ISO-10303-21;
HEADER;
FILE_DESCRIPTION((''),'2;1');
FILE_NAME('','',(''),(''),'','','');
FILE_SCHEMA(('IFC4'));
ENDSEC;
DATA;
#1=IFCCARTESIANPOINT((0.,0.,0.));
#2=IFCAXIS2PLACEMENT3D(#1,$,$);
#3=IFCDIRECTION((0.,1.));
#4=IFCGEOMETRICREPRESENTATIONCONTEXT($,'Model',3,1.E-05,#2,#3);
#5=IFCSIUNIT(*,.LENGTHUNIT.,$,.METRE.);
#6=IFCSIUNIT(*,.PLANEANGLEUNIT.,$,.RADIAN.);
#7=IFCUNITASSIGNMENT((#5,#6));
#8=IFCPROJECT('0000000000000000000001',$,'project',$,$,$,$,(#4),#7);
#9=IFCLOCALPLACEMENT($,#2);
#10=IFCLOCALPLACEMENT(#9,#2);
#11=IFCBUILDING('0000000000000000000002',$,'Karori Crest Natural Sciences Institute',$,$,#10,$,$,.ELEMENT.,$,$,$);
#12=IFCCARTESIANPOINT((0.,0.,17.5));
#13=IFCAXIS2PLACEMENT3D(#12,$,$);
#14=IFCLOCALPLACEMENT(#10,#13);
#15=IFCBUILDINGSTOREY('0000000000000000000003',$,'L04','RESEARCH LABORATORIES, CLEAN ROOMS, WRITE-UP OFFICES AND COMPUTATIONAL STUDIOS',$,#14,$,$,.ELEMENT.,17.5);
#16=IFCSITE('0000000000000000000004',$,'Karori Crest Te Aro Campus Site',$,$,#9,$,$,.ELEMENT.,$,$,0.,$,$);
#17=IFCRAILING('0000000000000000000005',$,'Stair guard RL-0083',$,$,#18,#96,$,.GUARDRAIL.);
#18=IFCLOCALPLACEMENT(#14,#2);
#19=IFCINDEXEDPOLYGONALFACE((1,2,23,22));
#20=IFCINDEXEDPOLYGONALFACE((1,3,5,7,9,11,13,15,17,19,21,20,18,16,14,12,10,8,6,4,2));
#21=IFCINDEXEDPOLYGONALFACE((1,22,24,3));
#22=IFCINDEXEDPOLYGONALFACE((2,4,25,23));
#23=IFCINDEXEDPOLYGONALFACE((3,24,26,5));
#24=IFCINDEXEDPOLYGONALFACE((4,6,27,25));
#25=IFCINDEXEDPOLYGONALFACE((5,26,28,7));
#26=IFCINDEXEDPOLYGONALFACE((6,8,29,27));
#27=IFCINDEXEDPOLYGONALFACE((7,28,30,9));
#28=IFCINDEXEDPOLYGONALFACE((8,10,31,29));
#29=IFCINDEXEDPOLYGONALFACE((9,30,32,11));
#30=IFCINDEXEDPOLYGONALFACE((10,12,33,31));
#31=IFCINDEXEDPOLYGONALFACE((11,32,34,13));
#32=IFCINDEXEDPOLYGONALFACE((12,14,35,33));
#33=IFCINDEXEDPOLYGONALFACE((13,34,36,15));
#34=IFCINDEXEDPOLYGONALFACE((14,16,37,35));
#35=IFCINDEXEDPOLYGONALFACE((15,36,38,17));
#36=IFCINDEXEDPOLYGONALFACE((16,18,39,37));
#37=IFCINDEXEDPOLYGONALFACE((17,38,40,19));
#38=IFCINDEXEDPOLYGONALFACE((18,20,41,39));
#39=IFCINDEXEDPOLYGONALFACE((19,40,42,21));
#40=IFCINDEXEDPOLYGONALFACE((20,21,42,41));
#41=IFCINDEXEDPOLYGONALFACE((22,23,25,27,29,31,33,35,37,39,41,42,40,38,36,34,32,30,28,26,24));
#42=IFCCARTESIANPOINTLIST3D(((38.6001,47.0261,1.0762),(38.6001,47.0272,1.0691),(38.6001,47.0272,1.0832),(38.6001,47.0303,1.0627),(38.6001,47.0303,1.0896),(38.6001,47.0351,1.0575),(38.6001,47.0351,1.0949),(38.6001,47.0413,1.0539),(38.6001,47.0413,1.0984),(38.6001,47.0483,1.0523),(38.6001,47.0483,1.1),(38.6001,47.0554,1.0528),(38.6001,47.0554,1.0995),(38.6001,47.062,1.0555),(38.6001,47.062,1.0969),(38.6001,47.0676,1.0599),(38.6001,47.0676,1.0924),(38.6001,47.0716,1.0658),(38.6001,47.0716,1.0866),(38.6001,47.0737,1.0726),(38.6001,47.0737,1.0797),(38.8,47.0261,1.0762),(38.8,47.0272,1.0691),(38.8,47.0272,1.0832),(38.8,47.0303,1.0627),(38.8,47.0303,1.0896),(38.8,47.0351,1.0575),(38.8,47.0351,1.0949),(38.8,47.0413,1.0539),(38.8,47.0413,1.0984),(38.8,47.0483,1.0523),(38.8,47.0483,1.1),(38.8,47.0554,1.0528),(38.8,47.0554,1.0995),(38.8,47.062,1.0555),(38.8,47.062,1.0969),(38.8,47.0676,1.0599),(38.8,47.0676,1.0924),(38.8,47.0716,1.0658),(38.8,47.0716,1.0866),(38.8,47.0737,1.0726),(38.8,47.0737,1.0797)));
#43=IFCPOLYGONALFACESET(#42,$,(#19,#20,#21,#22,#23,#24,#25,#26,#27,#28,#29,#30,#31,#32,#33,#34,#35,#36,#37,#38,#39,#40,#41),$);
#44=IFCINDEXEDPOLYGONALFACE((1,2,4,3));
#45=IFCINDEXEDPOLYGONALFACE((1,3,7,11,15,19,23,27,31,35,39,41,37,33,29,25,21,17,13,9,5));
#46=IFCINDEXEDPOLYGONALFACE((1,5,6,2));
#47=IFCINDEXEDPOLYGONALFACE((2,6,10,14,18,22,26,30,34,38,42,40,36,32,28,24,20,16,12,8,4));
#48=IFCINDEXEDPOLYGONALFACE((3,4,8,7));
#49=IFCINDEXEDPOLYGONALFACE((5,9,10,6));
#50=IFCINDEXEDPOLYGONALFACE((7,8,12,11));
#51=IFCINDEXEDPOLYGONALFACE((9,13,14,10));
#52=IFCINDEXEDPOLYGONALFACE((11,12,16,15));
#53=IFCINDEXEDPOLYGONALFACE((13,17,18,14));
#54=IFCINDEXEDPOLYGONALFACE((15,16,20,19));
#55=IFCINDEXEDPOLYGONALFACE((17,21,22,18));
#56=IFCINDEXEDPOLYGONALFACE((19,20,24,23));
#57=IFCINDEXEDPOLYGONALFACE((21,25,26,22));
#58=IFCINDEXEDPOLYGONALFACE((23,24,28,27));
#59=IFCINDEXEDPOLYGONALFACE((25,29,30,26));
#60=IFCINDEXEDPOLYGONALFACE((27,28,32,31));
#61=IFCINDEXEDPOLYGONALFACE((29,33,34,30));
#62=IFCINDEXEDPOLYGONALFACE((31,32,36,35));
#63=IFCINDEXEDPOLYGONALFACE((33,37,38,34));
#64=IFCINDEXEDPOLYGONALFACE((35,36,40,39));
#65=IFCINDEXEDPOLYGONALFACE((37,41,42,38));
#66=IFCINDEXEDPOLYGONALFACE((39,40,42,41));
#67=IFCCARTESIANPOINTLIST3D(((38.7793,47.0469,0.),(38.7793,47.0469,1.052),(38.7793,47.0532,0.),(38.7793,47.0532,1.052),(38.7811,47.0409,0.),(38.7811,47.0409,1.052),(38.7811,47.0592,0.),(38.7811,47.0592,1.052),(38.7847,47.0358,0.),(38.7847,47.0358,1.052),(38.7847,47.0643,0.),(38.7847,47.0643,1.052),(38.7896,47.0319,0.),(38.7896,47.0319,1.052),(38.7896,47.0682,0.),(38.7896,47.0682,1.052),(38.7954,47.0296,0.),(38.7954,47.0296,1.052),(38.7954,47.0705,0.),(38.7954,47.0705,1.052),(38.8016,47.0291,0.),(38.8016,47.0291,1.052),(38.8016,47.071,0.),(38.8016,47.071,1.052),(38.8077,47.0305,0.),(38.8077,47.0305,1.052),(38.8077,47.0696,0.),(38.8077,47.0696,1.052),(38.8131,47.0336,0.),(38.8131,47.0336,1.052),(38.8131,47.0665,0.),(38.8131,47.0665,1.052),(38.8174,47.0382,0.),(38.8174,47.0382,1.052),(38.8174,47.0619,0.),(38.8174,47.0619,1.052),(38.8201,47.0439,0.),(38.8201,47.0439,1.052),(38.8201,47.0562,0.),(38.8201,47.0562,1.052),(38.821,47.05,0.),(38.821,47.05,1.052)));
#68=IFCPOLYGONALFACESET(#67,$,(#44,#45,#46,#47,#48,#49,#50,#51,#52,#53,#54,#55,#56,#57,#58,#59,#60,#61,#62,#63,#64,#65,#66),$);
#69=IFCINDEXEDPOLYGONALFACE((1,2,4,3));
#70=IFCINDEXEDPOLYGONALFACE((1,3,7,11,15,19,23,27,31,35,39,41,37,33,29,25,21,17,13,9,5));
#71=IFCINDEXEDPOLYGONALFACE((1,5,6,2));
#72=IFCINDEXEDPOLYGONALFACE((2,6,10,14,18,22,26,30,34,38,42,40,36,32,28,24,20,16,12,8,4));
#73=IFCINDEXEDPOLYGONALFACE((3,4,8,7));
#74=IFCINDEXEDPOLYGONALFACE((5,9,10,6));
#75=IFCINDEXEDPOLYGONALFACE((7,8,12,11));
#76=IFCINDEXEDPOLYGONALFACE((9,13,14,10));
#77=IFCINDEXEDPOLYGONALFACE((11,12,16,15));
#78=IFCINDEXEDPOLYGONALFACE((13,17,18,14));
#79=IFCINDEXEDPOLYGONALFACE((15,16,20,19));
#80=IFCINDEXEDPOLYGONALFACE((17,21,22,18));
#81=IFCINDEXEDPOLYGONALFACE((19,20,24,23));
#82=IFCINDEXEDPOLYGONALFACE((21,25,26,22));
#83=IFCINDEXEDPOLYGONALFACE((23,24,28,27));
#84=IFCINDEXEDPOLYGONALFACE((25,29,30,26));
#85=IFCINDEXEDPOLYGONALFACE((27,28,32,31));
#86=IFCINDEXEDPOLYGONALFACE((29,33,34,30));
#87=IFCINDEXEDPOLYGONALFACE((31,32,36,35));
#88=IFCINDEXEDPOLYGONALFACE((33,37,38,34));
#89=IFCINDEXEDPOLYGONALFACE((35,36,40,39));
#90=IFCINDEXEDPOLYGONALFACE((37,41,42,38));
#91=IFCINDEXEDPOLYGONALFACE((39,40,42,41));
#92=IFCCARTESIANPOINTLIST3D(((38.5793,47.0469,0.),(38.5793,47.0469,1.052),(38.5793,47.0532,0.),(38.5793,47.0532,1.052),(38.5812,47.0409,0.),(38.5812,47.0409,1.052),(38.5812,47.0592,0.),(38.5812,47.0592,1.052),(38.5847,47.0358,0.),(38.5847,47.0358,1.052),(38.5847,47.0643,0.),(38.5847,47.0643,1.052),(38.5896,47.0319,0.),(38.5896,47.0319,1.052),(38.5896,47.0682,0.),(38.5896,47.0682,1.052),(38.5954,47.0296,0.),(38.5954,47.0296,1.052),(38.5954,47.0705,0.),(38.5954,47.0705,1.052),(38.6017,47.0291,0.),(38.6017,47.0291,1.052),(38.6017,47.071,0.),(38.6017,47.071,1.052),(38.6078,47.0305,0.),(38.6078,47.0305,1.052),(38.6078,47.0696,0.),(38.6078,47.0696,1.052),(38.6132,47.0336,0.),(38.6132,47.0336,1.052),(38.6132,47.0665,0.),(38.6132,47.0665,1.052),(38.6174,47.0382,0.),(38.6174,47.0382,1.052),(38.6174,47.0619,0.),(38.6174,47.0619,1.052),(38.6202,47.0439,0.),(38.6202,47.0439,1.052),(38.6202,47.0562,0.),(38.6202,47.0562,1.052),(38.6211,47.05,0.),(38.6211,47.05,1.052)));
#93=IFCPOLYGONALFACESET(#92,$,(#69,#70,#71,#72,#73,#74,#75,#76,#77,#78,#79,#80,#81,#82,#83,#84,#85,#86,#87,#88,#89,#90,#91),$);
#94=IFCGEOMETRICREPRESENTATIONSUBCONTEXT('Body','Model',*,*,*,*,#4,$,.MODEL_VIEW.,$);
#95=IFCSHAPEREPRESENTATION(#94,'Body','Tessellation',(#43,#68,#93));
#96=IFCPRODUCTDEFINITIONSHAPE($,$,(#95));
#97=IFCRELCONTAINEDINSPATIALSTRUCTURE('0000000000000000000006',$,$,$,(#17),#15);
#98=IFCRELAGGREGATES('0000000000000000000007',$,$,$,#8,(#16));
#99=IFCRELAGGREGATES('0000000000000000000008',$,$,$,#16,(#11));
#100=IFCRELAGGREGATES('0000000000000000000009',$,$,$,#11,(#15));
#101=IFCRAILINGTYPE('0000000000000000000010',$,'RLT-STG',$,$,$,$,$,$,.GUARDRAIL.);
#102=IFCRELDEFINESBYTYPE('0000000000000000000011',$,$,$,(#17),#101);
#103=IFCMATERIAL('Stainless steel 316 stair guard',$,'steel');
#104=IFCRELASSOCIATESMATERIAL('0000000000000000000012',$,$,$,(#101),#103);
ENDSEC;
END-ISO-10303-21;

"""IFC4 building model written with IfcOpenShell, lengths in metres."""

from ifc_helpers import new_model, si_unit, direction, frame, origin, origin_2d, place, context, subcontext, project, spatial, circle, extrude, material, type_object, element, save


model = new_model("IFC4")

# Units and contexts
model_context = context("Model", 3, precision=1e-05, world=origin(), true_north=direction((0.0, 1.0)))
body_context = subcontext(model_context, "Body", "Model", "MODEL_VIEW")
ifc_project = project(units=[si_unit("LENGTHUNIT", "METRE"), si_unit("PLANEANGLEUNIT", "RADIAN")], contexts=[model_context])

# Site, building, storey
site_placement = place(None, origin())
site = spatial("IfcSite", under=ifc_project, at=site_placement, Name="Karori Crest Te Aro Campus Site", CompositionType="ELEMENT", RefElevation=0.0)
building_placement = place(site_placement, origin())
building = spatial("IfcBuilding", under=site, at=building_placement, Name="Karori Crest Natural Sciences Institute", CompositionType="ELEMENT")
storey_placement = place(building_placement, frame((0.0, 0.0, 17.5)))
storey = spatial("IfcBuildingStorey", under=building, at=storey_placement, Name="L04", Description="RESEARCH LABORATORIES, CLEAN ROOMS, WRITE-UP OFFICES AND COMPUTATIONAL STUDIOS", CompositionType="ELEMENT", Elevation=17.5)

# Railing
ifc_material_1 = material(Name="Stainless steel 316 stair guard", Category="steel")
railing_type_1 = type_object("IfcRailingType", Name="RLT-STG", PredefinedType="GUARDRAIL", material=ifc_material_1)
railing_1_placement = place(storey_placement, frame((38.8, 47.05, 0.0)))
element("IfcRailing", 1, at=railing_1_placement, inside=storey, type_object=railing_type_1, Name="Stair guard RL-0083", PredefinedType="GUARDRAIL", context=body_context, shape_type="SweptSolid", body=[
    extrude(circle(Radius=0.0239, at=origin_2d()), frame((0.0, 0.0, 1.0762), z_axis=(-1.0, 0.0, 0.0), x_axis=(0.0, -1.0, 0.0)), (0.0, 0.0, 1.0), 0.2),
    extrude(circle(Radius=0.021, at=origin_2d()), origin(), (0.0, 0.0, 1.0), 1.052),
    extrude(circle(Radius=0.021, at=origin_2d()), frame((-0.2, 0.0, 0.0)), (0.0, 0.0, 1.0), 1.052),
])

save(model, "model.ifc")
